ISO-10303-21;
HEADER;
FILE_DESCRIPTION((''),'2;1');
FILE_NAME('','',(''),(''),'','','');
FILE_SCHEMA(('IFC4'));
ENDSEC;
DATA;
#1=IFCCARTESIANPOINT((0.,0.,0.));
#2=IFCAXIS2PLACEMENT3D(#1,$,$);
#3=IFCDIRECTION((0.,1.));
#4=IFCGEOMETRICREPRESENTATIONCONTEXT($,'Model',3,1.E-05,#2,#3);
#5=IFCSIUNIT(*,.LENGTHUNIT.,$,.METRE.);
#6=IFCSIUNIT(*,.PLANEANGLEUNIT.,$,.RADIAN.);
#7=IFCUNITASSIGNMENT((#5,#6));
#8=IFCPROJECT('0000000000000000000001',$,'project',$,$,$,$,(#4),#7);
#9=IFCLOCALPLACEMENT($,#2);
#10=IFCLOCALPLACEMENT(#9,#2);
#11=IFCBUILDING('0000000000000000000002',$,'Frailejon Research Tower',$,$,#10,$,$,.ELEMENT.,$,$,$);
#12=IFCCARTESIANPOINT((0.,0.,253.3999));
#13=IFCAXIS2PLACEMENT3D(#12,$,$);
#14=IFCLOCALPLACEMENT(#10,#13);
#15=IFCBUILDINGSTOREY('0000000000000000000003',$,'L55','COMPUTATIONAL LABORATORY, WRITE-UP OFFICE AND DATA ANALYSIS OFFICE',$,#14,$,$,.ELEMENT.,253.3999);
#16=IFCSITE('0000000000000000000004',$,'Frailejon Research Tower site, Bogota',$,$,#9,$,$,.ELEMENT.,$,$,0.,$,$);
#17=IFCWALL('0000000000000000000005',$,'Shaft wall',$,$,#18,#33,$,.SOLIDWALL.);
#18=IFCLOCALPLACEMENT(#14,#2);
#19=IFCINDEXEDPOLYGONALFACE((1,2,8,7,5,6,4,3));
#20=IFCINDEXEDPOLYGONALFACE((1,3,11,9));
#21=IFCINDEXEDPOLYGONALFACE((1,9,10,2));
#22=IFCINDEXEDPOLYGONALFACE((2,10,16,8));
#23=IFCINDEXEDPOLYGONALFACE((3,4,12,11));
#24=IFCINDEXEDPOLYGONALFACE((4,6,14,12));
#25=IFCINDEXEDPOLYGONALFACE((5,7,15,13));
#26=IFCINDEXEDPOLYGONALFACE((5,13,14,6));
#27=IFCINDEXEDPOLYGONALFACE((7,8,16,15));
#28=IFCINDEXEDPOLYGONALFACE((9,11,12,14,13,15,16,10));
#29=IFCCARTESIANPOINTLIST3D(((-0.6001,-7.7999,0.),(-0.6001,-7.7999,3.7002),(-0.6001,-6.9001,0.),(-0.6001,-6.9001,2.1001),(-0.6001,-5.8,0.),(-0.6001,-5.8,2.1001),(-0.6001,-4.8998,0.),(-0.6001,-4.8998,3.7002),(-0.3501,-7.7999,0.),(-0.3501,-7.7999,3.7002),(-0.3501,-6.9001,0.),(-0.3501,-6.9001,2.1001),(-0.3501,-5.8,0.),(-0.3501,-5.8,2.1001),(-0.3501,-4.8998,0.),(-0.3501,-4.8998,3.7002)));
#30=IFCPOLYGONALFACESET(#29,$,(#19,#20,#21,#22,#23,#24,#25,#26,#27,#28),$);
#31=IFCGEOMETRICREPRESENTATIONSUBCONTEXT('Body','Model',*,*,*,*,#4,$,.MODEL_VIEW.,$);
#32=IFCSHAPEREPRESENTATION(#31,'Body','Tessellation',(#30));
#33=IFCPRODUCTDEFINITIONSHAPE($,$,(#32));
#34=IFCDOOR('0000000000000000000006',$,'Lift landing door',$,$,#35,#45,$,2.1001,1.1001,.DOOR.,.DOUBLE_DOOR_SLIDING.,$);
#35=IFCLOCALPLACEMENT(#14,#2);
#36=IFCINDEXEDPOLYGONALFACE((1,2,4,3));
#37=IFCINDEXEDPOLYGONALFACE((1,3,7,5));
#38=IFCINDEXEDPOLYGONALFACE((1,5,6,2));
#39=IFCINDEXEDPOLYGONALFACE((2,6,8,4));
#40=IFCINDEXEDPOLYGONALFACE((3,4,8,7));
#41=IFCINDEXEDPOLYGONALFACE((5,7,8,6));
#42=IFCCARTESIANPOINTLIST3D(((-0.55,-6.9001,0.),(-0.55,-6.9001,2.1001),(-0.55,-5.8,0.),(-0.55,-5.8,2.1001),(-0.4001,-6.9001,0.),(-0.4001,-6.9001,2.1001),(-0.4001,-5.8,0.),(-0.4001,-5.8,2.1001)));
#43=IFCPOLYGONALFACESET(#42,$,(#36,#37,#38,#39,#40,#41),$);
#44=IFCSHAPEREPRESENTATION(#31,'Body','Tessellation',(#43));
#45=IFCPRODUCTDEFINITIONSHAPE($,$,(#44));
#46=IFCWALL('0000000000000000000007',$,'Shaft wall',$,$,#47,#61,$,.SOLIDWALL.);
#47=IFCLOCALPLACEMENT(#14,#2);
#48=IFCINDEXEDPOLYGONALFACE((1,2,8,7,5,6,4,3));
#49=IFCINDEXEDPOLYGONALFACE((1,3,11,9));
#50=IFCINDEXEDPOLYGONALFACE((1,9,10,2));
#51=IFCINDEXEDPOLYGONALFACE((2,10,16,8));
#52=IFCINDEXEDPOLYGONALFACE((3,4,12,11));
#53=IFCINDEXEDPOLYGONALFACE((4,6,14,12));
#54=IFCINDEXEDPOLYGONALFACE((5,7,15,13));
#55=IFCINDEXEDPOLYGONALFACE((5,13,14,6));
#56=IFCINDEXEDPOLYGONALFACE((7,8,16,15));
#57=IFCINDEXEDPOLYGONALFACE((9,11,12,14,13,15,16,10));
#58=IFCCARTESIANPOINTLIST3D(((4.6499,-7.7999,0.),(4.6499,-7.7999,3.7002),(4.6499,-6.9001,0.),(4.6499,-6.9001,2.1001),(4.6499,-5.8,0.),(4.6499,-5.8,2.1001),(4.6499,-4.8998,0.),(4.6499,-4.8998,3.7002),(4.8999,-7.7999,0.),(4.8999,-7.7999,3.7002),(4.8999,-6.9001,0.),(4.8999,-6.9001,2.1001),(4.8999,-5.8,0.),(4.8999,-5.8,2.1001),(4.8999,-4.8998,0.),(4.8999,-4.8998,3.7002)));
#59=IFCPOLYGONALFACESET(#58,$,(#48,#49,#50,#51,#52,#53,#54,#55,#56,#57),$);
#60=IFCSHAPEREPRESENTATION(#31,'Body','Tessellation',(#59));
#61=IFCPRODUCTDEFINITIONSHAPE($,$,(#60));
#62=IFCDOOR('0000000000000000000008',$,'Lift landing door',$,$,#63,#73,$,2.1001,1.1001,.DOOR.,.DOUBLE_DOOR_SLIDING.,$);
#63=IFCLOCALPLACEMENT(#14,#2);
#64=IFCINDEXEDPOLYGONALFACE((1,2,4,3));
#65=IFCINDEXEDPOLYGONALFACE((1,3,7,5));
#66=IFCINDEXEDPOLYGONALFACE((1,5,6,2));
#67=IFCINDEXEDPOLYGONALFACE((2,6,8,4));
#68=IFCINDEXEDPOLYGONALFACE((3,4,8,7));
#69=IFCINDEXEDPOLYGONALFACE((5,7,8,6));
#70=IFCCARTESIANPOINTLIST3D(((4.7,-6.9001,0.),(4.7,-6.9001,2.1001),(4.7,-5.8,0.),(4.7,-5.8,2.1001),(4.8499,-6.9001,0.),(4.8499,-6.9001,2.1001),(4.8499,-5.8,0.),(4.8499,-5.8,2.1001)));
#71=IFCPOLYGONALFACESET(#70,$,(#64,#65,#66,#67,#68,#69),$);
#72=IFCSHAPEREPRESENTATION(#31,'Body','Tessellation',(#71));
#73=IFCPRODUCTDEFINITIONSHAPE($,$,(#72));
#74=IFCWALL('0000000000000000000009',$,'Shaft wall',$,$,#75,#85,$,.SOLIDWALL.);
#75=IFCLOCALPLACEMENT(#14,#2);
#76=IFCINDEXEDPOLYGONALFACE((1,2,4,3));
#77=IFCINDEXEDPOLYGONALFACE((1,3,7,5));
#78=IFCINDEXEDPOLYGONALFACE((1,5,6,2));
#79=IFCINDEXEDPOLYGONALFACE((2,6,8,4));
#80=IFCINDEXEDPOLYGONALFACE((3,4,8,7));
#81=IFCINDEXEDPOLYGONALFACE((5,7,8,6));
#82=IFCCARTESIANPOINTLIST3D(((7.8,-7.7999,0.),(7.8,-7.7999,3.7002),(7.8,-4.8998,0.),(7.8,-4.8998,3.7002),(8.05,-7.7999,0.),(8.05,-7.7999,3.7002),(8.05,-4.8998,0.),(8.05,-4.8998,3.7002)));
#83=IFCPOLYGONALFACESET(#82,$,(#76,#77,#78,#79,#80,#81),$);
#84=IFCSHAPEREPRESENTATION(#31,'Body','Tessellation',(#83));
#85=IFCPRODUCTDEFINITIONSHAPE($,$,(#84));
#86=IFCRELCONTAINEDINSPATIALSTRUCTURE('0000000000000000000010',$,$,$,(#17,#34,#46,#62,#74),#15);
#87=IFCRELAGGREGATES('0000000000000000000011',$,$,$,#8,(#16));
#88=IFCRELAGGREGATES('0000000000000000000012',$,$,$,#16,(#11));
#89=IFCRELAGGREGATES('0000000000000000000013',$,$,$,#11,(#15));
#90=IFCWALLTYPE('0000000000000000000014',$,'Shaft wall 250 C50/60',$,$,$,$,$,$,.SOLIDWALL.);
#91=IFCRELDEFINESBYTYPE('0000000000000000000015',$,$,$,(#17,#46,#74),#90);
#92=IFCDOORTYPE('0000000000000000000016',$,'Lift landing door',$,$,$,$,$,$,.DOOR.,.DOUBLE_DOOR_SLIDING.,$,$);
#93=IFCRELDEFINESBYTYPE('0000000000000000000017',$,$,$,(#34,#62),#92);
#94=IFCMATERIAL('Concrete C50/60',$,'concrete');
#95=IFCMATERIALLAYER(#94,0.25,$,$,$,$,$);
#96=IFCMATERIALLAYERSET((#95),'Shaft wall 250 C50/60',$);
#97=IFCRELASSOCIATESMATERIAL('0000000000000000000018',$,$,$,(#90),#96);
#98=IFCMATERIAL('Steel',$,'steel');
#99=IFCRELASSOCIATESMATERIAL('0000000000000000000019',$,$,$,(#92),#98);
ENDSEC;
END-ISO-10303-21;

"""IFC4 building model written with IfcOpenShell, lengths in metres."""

from ifc_helpers import new_model, si_unit, direction, frame, frame_2d, origin, place, context, subcontext, project, spatial, rectangle, extrude, material, layer, layer_set, type_object, element, fill, save


model = new_model("IFC4")

# Units and contexts
model_context = context("Model", 3, precision=1e-05, world=origin(), true_north=direction((0.0, 1.0)))
body_context = subcontext(model_context, "Body", "Model", "MODEL_VIEW")
ifc_project = project(units=[si_unit("LENGTHUNIT", "METRE"), si_unit("PLANEANGLEUNIT", "RADIAN")], contexts=[model_context])

# Site, building, storey
site_placement = place(None, origin())
site = spatial("IfcSite", under=ifc_project, at=site_placement, Name="Frailejon Research Tower site, Bogota", CompositionType="ELEMENT", RefElevation=0.0)
building_placement = place(site_placement, origin())
building = spatial("IfcBuilding", under=site, at=building_placement, Name="Frailejon Research Tower", CompositionType="ELEMENT")
storey_placement = place(building_placement, frame((0.0, 0.0, 253.3999)))
storey = spatial("IfcBuildingStorey", under=building, at=storey_placement, Name="L55", Description="COMPUTATIONAL LABORATORY, WRITE-UP OFFICE AND DATA ANALYSIS OFFICE", CompositionType="ELEMENT", Elevation=253.3999)

# Walls, openings, doors
ifc_material_1 = material(Name="Concrete C50/60", Category="concrete")
ifc_layer_1 = layer(ifc_material_1, 0.25)
ifc_layer_set_1 = layer_set([ifc_layer_1], Name="Shaft wall 250 C50/60")
wall_type_1 = type_object("IfcWallType", Name="Shaft wall 250 C50/60", PredefinedType="SOLIDWALL", material=ifc_layer_set_1)
wall_1_placement = place(storey_placement, frame((-0.4751, -7.8, 0.0), z_axis=(0.0, 0.0, 1.0), x_axis=(0.0, 1.0, 0.0)))
wall_1 = element("IfcWall", 1, at=wall_1_placement, inside=storey, type_object=wall_type_1, Name="Shaft wall", PredefinedType="SOLIDWALL", context=body_context, shape_type="SweptSolid", body=[
    extrude(rectangle(XDim=2.9001, YDim=0.25, at=frame_2d((1.4502, 0.0))), origin(), (0.0, 0.0, 1.0), 3.7002),
])
opening_1_placement = place(wall_1_placement, frame((0.8999, 0.0, 0.0)))
opening_1 = element("IfcOpeningElement", 2, at=opening_1_placement, cuts=wall_1, PredefinedType="OPENING", context=body_context, shape_type="SweptSolid", body=[
    extrude(rectangle(XDim=1.1001, YDim=2.1001, at=frame_2d((0.55, 1.05))), frame((0.0, 0.135, 0.0), z_axis=(0.0, -1.0, 0.0), x_axis=(1.0, 0.0, 0.0)), (0.0, 0.0, 1.0), 0.27),
])
ifc_material_2 = material(Name="Steel", Category="steel")
door_type_1 = type_object("IfcDoorType", Name="Lift landing door", OperationType="DOUBLE_DOOR_SLIDING", PredefinedType="DOOR", material=ifc_material_2)
door_1_placement = place(opening_1_placement, origin())
door_1 = element("IfcDoor", 3, at=door_1_placement, inside=storey, type_object=door_type_1, Name="Lift landing door", OperationType="DOUBLE_DOOR_SLIDING", OverallHeight=2.1001, OverallWidth=1.1001, PredefinedType="DOOR", context=body_context, shape_type="SweptSolid", body=[
    extrude(rectangle(XDim=1.1001, YDim=2.1001, at=frame_2d((0.55, 1.05))), frame((0.0, 0.075, 0.0), z_axis=(0.0, -1.0, 0.0), x_axis=(1.0, 0.0, 0.0)), (0.0, 0.0, 1.0), 0.1499),
])
fill(opening_1, door_1)
wall_2_placement = place(storey_placement, frame((4.7749, -7.8, 0.0), z_axis=(0.0, 0.0, 1.0), x_axis=(0.0, 1.0, 0.0)))
wall_2 = element("IfcWall", 4, at=wall_2_placement, inside=storey, type_object=wall_type_1, Name="Shaft wall", PredefinedType="SOLIDWALL", context=body_context, shape_type="SweptSolid", body=[
    extrude(rectangle(XDim=2.9001, YDim=0.25, at=frame_2d((1.4502, 0.0))), origin(), (0.0, 0.0, 1.0), 3.7002),
])
opening_2_placement = place(wall_2_placement, frame((0.8999, 0.0, 0.0)))
opening_2 = element("IfcOpeningElement", 5, at=opening_2_placement, cuts=wall_2, PredefinedType="OPENING", context=body_context, shape_type="SweptSolid", body=[
    extrude(rectangle(XDim=1.1001, YDim=2.1001, at=frame_2d((0.55, 1.05))), frame((0.0, 0.135, 0.0), z_axis=(0.0, -1.0, 0.0), x_axis=(1.0, 0.0, 0.0)), (0.0, 0.0, 1.0), 0.27),
])
door_2_placement = place(opening_2_placement, origin())
door_2 = element("IfcDoor", 6, at=door_2_placement, inside=storey, type_object=door_type_1, Name="Lift landing door", OperationType="DOUBLE_DOOR_SLIDING", OverallHeight=2.1001, OverallWidth=1.1001, PredefinedType="DOOR", context=body_context, shape_type="SweptSolid", body=[
    extrude(rectangle(XDim=1.1001, YDim=2.1001, at=frame_2d((0.55, 1.05))), frame((0.0, 0.075, 0.0), z_axis=(0.0, -1.0, 0.0), x_axis=(1.0, 0.0, 0.0)), (0.0, 0.0, 1.0), 0.1499),
])
fill(opening_2, door_2)

# Wall
wall_3_placement = place(storey_placement, frame((7.925, -7.8, 0.0), z_axis=(0.0, 0.0, 1.0), x_axis=(0.0, 1.0, 0.0)))
element("IfcWall", 7, at=wall_3_placement, inside=storey, type_object=wall_type_1, Name="Shaft wall", PredefinedType="SOLIDWALL", context=body_context, shape_type="SweptSolid", body=[
    extrude(rectangle(XDim=2.9001, YDim=0.25, at=frame_2d((1.4502, 0.0))), origin(), (0.0, 0.0, 1.0), 3.7002),
])

save(model, "model.ifc")
